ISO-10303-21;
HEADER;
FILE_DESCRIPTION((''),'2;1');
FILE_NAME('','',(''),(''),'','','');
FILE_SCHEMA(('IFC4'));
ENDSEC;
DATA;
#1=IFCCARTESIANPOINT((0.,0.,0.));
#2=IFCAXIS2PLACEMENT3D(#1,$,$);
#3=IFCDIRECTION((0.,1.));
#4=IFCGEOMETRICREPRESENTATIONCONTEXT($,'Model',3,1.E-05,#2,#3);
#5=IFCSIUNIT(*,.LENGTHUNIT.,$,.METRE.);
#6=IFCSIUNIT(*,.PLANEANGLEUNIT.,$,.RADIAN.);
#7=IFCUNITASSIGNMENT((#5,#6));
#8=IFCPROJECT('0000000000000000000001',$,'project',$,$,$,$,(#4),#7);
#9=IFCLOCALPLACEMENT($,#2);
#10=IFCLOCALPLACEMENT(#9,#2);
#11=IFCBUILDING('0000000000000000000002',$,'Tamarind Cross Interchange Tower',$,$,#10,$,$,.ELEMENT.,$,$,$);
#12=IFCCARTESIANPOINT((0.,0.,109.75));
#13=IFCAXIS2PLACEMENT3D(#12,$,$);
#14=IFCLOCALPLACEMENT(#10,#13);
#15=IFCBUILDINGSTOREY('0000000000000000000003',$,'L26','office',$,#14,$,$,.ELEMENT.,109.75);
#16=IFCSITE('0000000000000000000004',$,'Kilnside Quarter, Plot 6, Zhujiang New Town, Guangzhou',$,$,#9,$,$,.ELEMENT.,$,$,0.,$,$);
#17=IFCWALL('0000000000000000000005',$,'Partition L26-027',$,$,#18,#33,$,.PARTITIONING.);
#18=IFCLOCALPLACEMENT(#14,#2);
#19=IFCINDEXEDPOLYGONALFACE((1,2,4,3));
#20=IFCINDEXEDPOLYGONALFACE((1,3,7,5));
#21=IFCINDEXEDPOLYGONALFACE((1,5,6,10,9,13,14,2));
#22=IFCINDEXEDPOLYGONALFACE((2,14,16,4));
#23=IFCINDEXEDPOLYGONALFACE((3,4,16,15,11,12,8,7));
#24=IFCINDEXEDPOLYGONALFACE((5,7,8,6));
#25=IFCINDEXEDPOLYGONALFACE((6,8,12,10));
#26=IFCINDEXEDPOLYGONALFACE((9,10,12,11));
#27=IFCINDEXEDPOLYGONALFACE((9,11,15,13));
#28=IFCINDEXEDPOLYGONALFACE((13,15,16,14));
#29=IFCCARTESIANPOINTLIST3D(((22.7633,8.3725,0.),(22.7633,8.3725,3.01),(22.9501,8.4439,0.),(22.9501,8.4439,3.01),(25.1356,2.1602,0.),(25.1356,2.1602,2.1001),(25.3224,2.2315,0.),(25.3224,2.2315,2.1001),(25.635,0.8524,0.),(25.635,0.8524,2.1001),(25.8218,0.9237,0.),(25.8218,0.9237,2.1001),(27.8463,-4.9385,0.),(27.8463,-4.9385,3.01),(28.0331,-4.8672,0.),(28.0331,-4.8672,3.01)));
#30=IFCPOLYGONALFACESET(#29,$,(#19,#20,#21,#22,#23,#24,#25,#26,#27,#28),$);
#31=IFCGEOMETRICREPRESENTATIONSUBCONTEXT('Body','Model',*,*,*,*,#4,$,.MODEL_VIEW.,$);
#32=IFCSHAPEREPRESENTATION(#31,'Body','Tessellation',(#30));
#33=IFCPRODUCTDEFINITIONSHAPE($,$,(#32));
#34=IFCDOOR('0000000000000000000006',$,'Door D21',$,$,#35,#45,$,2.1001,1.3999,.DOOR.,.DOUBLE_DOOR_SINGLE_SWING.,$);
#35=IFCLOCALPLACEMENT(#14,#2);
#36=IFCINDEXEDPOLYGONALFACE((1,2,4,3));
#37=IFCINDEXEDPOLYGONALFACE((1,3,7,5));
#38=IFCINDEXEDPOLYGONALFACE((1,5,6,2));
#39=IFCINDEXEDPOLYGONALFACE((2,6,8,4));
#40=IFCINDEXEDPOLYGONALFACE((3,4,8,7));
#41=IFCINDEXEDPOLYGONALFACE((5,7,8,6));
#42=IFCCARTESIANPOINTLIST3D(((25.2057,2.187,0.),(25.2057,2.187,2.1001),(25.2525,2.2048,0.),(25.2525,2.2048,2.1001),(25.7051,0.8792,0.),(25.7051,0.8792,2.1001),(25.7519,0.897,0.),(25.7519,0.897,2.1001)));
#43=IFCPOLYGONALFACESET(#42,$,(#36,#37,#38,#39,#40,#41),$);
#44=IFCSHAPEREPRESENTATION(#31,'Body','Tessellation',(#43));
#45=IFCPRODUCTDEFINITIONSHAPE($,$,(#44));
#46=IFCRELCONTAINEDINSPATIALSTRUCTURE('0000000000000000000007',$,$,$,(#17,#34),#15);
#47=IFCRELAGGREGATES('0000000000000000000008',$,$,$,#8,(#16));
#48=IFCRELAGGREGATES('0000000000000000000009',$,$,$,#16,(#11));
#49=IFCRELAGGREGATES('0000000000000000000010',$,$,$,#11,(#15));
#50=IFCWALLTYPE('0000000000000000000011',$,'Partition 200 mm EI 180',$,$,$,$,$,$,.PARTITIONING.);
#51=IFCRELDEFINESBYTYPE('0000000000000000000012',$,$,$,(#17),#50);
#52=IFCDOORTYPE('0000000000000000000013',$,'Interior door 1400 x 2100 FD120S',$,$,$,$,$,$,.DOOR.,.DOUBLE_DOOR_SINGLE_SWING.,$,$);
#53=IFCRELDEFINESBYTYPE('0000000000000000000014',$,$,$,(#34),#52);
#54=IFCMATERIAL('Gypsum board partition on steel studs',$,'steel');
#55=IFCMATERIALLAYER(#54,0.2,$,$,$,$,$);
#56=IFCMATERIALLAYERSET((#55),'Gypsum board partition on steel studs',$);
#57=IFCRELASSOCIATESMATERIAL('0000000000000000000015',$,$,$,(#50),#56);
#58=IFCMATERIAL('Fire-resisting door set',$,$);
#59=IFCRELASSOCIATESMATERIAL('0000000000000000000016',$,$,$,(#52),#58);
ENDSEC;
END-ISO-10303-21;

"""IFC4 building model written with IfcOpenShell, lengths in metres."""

from ifc_helpers import new_model, si_unit, direction, frame, frame_2d, origin, place, context, subcontext, project, spatial, rectangle, extrude, material, layer, layer_set, type_object, element, fill, save


model = new_model("IFC4")

# Units and contexts
model_context = context("Model", 3, precision=1e-05, world=origin(), true_north=direction((0.0, 1.0)))
body_context = subcontext(model_context, "Body", "Model", "MODEL_VIEW")
ifc_project = project(units=[si_unit("LENGTHUNIT", "METRE"), si_unit("PLANEANGLEUNIT", "RADIAN")], contexts=[model_context])

# Site, building, storey
site_placement = place(None, origin())
site = spatial("IfcSite", under=ifc_project, at=site_placement, Name="Kilnside Quarter, Plot 6, Zhujiang New Town, Guangzhou", CompositionType="ELEMENT", RefElevation=0.0)
building_placement = place(site_placement, origin())
building = spatial("IfcBuilding", under=site, at=building_placement, Name="Tamarind Cross Interchange Tower", CompositionType="ELEMENT")
storey_placement = place(building_placement, frame((0.0, 0.0, 109.75)))
storey = spatial("IfcBuildingStorey", under=building, at=storey_placement, Name="L26", Description="office", CompositionType="ELEMENT", Elevation=109.75)

# Shared definitions
ifc_material_1 = material(Name="Gypsum board partition on steel studs", Category="steel")

# Shared definitions
ifc_material_2 = material(Name="Fire-resisting door set")

# Wall, opening, door
ifc_layer_1 = layer(ifc_material_1, 0.2)
ifc_layer_set_1 = layer_set([ifc_layer_1], Name="Gypsum board partition on steel studs")
wall_type_1 = type_object("IfcWallType", Name="Partition 200 mm EI 180", PredefinedType="PARTITIONING", material=ifc_layer_set_1)
wall_1_placement = place(storey_placement, frame((22.8567, 8.4082, 0.0), z_axis=(0.0, 0.0, 1.0), x_axis=(0.356739, -0.934204, 0.0)))
wall_1 = element("IfcWall", 1, at=wall_1_placement, inside=storey, type_object=wall_type_1, Name="Partition L26-027", PredefinedType="PARTITIONING", context=body_context, shape_type="SweptSolid", body=[
    extrude(rectangle(XDim=14.2485, YDim=0.2, at=frame_2d((7.1243, 0.0))), origin(), (0.0, 0.0, 1.0), 3.01),
])
opening_1_placement = place(wall_1_placement, frame((6.6499, 0.0, 0.0)))
opening_1 = element("IfcOpeningElement", 2, at=opening_1_placement, cuts=wall_1, PredefinedType="OPENING", context=body_context, shape_type="SweptSolid", body=[
    extrude(rectangle(XDim=1.3999, YDim=2.1001, at=frame_2d((0.7, 1.05))), frame((0.0, 0.1099, 0.0), z_axis=(0.0, -1.0, 0.0), x_axis=(1.0, 0.0, 0.0)), (0.0, 0.0, 1.0), 0.22),
])
door_type_1 = type_object("IfcDoorType", Name="Interior door 1400 x 2100 FD120S", OperationType="DOUBLE_DOOR_SINGLE_SWING", PredefinedType="DOOR", material=ifc_material_2)
door_1_placement = place(opening_1_placement, frame((1.3999, 0.0, 0.0), z_axis=(0.0, 0.0, 1.0), x_axis=(-1.0, 0.0, 0.0)))
door_1 = element("IfcDoor", 3, at=door_1_placement, inside=storey, type_object=door_type_1, Name="Door D21", OperationType="DOUBLE_DOOR_SINGLE_SWING", OverallHeight=2.1001, OverallWidth=1.3999, PredefinedType="DOOR", context=body_context, shape_type="SweptSolid", body=[
    extrude(rectangle(XDim=1.3999, YDim=2.1001, at=frame_2d((0.7, 1.05))), frame((0.0, 0.0249, 0.0), z_axis=(0.0, -1.0, 0.0), x_axis=(1.0, 0.0, 0.0)), (0.0, 0.0, 1.0), 0.05),
])
fill(opening_1, door_1)

save(model, "model.ifc")
